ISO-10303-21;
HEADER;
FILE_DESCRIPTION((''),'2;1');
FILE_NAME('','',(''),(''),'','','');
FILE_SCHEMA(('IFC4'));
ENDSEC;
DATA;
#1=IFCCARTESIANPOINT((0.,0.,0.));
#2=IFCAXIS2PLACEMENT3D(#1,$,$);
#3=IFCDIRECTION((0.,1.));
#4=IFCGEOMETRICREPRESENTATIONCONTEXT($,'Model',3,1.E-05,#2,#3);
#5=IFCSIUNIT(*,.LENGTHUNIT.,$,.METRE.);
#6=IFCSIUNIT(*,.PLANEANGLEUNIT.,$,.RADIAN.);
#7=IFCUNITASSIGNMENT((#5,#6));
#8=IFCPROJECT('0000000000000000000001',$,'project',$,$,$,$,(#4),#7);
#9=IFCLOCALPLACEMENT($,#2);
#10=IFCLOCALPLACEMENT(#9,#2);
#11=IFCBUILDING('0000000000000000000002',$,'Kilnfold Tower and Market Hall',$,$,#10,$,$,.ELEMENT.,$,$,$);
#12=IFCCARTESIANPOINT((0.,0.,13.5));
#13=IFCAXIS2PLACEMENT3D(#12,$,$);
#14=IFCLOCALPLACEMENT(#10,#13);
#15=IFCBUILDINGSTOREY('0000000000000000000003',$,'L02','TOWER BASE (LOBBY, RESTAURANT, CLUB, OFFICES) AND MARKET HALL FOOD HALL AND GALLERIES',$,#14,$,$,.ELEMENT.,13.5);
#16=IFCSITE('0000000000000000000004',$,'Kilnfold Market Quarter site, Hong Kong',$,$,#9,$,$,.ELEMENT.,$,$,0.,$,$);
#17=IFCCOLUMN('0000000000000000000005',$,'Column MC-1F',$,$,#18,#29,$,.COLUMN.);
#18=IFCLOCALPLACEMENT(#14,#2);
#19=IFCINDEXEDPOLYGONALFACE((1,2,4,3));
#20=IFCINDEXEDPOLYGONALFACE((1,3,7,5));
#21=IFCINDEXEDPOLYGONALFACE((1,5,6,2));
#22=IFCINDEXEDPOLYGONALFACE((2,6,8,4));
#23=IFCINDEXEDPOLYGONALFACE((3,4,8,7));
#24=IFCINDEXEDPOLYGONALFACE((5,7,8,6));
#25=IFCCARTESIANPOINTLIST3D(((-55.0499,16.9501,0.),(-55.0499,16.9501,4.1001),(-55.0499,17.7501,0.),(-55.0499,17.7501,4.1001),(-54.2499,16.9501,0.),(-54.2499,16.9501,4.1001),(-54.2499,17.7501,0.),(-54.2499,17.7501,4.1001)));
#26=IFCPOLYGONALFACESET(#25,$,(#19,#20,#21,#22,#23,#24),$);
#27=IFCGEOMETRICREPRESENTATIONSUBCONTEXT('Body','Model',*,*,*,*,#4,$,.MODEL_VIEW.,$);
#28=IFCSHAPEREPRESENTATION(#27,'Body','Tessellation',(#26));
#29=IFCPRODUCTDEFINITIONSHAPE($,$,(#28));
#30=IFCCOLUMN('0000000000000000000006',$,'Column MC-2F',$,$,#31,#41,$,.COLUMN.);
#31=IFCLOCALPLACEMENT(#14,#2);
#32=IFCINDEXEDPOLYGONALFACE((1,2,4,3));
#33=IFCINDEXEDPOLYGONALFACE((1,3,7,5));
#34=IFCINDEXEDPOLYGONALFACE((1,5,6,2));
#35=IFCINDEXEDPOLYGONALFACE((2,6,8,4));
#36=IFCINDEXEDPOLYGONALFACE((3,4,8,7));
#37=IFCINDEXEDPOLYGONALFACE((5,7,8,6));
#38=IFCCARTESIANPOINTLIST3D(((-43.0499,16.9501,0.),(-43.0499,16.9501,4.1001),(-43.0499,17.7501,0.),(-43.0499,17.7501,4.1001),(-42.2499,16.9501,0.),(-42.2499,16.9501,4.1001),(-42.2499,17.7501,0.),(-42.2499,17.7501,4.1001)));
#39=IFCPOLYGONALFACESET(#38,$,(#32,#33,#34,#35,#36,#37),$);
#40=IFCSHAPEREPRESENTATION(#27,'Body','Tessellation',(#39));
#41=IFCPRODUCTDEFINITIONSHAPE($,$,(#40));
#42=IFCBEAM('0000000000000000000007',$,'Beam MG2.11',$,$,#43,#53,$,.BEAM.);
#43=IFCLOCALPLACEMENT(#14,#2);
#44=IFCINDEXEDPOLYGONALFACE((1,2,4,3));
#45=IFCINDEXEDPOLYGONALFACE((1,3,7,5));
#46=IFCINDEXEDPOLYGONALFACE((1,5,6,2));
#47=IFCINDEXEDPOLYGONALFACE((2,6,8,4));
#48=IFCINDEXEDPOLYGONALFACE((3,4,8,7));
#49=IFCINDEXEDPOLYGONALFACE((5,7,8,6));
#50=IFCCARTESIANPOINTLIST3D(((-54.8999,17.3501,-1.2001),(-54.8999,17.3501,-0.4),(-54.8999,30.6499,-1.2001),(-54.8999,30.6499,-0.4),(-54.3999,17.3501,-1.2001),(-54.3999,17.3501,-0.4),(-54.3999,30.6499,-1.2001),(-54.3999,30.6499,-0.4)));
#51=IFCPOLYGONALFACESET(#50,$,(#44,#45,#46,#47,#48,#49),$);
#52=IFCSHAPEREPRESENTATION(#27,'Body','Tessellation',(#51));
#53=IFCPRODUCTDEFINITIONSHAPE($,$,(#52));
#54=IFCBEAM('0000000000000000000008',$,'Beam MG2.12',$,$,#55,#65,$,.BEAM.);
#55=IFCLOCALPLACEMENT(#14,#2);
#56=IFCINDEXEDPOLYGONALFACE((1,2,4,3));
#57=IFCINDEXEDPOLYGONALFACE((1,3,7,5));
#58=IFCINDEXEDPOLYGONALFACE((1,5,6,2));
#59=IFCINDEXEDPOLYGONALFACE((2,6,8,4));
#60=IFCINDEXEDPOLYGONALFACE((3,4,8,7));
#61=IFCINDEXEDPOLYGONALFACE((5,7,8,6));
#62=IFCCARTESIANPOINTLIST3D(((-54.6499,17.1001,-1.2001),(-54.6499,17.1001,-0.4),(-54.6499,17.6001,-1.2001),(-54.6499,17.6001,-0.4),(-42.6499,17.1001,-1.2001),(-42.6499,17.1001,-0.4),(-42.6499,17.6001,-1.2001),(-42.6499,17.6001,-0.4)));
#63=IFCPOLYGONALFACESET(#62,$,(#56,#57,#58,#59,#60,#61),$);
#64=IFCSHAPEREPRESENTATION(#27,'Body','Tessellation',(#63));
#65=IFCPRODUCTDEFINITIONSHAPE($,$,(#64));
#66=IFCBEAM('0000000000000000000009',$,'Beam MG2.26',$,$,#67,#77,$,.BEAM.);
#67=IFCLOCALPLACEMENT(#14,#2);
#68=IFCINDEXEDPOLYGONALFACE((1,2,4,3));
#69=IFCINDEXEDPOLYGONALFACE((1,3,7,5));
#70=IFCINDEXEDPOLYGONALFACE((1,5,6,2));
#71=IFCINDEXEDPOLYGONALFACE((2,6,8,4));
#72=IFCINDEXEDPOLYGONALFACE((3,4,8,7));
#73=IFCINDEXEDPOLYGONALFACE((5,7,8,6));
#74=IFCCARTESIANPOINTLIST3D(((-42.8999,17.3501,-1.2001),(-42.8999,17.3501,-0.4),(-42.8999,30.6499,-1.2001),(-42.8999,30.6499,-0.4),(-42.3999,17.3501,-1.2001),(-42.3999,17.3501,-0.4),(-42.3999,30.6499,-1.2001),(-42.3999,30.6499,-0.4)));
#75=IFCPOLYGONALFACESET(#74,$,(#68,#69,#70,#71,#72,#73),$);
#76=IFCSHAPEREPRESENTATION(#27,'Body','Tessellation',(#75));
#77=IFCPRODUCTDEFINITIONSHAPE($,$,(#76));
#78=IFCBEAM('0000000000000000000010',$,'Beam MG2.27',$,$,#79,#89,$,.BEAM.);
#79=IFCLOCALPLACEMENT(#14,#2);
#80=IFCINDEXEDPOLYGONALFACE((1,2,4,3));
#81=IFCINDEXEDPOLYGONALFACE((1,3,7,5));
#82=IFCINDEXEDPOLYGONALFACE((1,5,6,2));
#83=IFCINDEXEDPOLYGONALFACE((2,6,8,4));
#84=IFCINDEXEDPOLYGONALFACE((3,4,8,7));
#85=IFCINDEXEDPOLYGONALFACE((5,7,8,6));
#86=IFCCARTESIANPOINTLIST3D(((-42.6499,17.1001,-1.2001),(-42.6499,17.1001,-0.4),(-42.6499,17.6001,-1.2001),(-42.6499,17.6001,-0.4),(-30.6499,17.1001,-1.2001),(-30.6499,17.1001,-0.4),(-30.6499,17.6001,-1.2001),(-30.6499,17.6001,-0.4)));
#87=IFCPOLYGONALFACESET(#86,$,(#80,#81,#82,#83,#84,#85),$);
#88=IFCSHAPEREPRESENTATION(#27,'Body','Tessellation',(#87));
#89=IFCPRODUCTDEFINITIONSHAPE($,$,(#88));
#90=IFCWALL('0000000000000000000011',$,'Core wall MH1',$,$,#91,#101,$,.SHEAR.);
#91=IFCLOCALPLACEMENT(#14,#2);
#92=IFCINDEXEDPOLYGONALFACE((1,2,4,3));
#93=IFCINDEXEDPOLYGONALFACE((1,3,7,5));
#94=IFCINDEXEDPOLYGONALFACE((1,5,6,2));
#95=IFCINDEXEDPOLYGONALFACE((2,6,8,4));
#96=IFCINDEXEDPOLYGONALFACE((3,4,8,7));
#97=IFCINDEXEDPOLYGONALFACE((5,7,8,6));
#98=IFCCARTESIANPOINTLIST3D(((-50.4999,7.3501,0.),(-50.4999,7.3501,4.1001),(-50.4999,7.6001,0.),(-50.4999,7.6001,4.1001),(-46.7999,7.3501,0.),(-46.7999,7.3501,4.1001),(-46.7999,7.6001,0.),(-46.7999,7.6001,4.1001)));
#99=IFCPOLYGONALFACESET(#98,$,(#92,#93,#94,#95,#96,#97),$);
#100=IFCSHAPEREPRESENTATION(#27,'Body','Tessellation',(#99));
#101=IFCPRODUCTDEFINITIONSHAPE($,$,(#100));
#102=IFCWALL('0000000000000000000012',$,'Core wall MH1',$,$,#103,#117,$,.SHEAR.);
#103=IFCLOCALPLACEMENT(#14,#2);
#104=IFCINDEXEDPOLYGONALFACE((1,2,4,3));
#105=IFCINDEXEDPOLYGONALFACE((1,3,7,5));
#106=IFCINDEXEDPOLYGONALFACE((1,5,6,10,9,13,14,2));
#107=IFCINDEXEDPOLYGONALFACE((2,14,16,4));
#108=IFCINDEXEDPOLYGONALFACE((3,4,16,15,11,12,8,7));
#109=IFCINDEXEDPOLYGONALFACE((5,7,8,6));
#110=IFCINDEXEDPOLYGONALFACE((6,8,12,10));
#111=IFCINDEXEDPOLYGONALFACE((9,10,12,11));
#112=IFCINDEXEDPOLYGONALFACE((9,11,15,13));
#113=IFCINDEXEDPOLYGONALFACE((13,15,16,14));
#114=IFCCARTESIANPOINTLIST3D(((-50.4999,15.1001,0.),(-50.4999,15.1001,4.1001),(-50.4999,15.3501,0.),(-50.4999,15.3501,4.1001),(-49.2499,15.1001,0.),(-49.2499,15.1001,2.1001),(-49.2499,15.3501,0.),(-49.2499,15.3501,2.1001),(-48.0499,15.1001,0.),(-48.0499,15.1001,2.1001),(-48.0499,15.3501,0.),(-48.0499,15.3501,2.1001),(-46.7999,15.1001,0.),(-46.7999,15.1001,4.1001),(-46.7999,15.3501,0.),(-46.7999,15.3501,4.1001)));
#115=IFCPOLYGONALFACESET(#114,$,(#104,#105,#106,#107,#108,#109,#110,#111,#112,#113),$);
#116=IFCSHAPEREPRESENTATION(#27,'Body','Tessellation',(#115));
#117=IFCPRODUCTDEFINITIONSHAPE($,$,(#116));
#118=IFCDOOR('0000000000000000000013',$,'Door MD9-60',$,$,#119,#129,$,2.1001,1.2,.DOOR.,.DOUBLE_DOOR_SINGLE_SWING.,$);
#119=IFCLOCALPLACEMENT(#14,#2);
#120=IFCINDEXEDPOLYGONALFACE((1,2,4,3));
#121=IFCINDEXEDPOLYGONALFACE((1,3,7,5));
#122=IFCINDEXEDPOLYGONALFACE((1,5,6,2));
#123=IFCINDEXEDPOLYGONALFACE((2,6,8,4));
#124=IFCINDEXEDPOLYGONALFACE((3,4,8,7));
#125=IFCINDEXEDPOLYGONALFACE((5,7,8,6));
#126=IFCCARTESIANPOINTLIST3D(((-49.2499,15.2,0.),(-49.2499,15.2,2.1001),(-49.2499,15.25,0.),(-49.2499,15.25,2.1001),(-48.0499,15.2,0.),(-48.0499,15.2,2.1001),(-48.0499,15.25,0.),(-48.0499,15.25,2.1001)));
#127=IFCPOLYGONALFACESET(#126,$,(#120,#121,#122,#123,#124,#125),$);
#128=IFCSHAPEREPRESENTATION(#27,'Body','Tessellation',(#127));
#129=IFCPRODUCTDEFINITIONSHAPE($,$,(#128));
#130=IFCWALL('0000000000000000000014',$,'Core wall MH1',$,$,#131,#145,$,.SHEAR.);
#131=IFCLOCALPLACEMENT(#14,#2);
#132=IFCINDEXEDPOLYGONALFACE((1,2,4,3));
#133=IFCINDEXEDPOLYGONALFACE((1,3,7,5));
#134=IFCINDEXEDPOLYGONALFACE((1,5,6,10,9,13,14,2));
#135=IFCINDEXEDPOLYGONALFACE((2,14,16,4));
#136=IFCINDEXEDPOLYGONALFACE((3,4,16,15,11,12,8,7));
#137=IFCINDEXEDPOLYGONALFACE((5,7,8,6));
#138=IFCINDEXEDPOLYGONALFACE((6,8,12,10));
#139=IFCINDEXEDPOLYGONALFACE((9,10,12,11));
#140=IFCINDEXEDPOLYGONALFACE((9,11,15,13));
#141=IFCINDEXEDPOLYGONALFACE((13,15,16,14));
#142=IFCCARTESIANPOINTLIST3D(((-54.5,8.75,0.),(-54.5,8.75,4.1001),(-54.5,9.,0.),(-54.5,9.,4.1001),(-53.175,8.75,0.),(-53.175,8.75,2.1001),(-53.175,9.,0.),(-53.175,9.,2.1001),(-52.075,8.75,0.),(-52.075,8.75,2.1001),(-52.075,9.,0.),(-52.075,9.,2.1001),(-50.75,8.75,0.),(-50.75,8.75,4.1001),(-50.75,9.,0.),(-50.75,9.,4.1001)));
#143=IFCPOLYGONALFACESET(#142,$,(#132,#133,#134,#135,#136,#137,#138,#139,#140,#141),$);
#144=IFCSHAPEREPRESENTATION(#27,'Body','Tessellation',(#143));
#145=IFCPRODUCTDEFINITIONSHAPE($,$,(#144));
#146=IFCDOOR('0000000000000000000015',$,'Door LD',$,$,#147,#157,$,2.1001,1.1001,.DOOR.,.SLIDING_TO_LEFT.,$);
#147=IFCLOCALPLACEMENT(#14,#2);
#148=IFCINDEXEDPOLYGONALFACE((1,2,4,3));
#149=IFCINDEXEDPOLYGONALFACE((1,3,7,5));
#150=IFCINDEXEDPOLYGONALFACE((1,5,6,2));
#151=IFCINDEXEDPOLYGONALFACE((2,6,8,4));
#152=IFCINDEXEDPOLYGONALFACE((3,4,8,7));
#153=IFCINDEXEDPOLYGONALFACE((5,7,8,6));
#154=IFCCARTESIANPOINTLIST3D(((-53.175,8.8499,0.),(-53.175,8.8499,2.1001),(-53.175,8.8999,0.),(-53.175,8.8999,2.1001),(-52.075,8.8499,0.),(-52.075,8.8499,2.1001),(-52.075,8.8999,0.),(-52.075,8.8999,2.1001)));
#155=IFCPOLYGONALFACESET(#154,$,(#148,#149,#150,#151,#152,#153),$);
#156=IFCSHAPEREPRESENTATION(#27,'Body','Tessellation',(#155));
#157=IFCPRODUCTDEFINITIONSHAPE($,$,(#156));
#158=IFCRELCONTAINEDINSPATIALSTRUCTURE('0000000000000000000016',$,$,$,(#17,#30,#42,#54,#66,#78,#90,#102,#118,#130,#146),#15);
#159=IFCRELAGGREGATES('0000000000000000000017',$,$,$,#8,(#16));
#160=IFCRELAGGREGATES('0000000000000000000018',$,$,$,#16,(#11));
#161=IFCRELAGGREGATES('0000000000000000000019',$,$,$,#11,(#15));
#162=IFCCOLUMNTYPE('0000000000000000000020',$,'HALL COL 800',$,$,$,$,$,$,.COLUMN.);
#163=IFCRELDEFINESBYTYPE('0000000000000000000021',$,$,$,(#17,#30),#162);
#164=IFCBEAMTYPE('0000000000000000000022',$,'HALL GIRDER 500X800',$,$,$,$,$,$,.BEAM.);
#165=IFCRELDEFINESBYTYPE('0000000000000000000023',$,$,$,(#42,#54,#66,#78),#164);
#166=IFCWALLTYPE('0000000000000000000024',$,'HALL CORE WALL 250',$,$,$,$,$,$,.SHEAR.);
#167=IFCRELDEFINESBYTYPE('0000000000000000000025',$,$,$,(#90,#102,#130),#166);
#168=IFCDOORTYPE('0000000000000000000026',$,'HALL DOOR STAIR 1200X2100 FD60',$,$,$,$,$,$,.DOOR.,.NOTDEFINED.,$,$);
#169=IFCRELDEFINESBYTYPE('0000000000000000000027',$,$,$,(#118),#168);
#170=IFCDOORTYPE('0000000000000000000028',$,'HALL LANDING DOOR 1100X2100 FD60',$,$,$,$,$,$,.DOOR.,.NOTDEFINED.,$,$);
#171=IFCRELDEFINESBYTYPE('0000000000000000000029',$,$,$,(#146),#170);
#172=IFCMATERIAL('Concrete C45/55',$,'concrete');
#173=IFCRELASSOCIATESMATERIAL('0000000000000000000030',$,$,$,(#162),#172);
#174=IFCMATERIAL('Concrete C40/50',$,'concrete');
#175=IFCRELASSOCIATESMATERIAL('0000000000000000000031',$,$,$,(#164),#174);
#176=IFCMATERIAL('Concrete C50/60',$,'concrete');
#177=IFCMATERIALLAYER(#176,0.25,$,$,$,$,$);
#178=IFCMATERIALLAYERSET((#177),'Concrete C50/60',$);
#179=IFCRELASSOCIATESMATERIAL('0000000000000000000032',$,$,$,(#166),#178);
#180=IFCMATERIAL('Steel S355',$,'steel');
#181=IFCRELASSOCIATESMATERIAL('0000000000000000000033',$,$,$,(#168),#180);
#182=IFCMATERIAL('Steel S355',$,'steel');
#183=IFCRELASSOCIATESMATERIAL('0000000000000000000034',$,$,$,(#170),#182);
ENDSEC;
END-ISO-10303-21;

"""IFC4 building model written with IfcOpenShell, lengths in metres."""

from ifc_helpers import new_model, si_unit, direction, frame, frame_2d, origin, origin_2d, place, context, subcontext, project, spatial, rectangle, extrude, source, transform, mapped, material, layer, layer_set, material_profile, profile_set, type_object, element, fill, save


model = new_model("IFC4")

# Units and contexts
model_context = context("Model", 3, precision=1e-05, world=origin(), true_north=direction((0.0, 1.0)))
body_context = subcontext(model_context, "Body", "Model", "MODEL_VIEW")
ifc_project = project(units=[si_unit("LENGTHUNIT", "METRE"), si_unit("PLANEANGLEUNIT", "RADIAN")], contexts=[model_context])

# Site, building, storey
site_placement = place(None, origin())
site = spatial("IfcSite", under=ifc_project, at=site_placement, Name="Kilnfold Market Quarter site, Hong Kong", CompositionType="ELEMENT", RefElevation=0.0)
building_placement = place(site_placement, origin())
building = spatial("IfcBuilding", under=site, at=building_placement, Name="Kilnfold Tower and Market Hall", CompositionType="ELEMENT")
storey_placement = place(building_placement, frame((0.0, 0.0, 13.5)))
storey = spatial("IfcBuildingStorey", under=building, at=storey_placement, Name="L02", Description="TOWER BASE (LOBBY, RESTAURANT, CLUB, OFFICES) AND MARKET HALL FOOD HALL AND GALLERIES", CompositionType="ELEMENT", Elevation=13.5)

# Columns
ifc_material_1 = material(Name="Concrete C45/55", Category="concrete")
ifc_material_profile_1 = material_profile(ifc_material_1, rectangle(XDim=0.8, YDim=0.8, at=origin_2d()), Name="RC 800x800")
ifc_profile_set_1 = profile_set([ifc_material_profile_1], Name="Concrete C45/55")
column_type = type_object("IfcColumnType", Name="HALL COL 800", PredefinedType="COLUMN", material=ifc_profile_set_1)
shared_shape_1 = source(origin(), body_context, "Body", "SweptSolid", [
    extrude(rectangle(XDim=0.8, YDim=0.8, at=origin_2d()), origin(), (0.0, 0.0, 1.0), 4.1001),
])
for number, where, z_axis, x_axis, name in (
    (1, (-54.6499, 17.3501, 0.0), (0.0, 0.0, 1.0), (1.0, 0.0, 0.0), "Column MC-1F"),
    (2, (-42.6499, 17.3501, 0.0), (0.0, 0.0, 1.0), (1.0, 0.0, 0.0), "Column MC-2F"),
):
    element("IfcColumn", number, at=place(storey_placement, frame(where, z_axis=z_axis, x_axis=x_axis)), inside=storey, type_object=column_type, Name=name, PredefinedType="COLUMN", context=body_context, shape_type="MappedRepresentation", body=[
        mapped(shared_shape_1, transform((0.0, 0.0, 0.0))),
    ])

# Beams
ifc_material_2 = material(Name="Concrete C40/50", Category="concrete")
ifc_material_profile_2 = material_profile(ifc_material_2, rectangle(XDim=0.5, YDim=0.8, at=origin_2d()), Name="RC 500x800")
ifc_profile_set_2 = profile_set([ifc_material_profile_2], Name="Concrete C40/50")
beam_type = type_object("IfcBeamType", Name="HALL GIRDER 500X800", PredefinedType="BEAM", material=ifc_profile_set_2)
beam_1_placement = place(storey_placement, frame((-54.6499, 17.3501, -0.8), z_axis=(0.0, 1.0, 0.0), x_axis=(-1.0, 0.0, 0.0)))
element("IfcBeam", 3, at=beam_1_placement, inside=storey, type_object=beam_type, Name="Beam MG2.11", PredefinedType="BEAM", context=body_context, shape_type="SweptSolid", body=[
    extrude(rectangle(XDim=0.5, YDim=0.8, at=origin_2d()), origin(), (0.0, 0.0, 1.0), 13.2998),
])
beam_2_placement = place(storey_placement, frame((-54.6499, 17.3501, -0.8), z_axis=(1.0, 0.0, 0.0), x_axis=(0.0, 1.0, 0.0)))
element("IfcBeam", 4, at=beam_2_placement, inside=storey, type_object=beam_type, Name="Beam MG2.12", PredefinedType="BEAM", context=body_context, shape_type="SweptSolid", body=[
    extrude(rectangle(XDim=0.5, YDim=0.8, at=origin_2d()), origin(), (0.0, 0.0, 1.0), 12.0),
])
beam_3_placement = place(storey_placement, frame((-42.6499, 17.3501, -0.8), z_axis=(0.0, 1.0, 0.0), x_axis=(-1.0, 0.0, 0.0)))
element("IfcBeam", 5, at=beam_3_placement, inside=storey, type_object=beam_type, Name="Beam MG2.26", PredefinedType="BEAM", context=body_context, shape_type="SweptSolid", body=[
    extrude(rectangle(XDim=0.5, YDim=0.8, at=origin_2d()), origin(), (0.0, 0.0, 1.0), 13.2998),
])
beam_4_placement = place(storey_placement, frame((-42.6499, 17.3501, -0.8), z_axis=(1.0, 0.0, 0.0), x_axis=(0.0, 1.0, 0.0)))
element("IfcBeam", 6, at=beam_4_placement, inside=storey, type_object=beam_type, Name="Beam MG2.27", PredefinedType="BEAM", context=body_context, shape_type="SweptSolid", body=[
    extrude(rectangle(XDim=0.5, YDim=0.8, at=origin_2d()), origin(), (0.0, 0.0, 1.0), 12.0),
])

# Wall
ifc_material_3 = material(Name="Concrete C50/60", Category="concrete")
ifc_layer_1 = layer(ifc_material_3, 0.25)
ifc_layer_set_1 = layer_set([ifc_layer_1], Name="Concrete C50/60")
wall_type_1 = type_object("IfcWallType", Name="HALL CORE WALL 250", PredefinedType="SHEAR", material=ifc_layer_set_1)
shared_shape_2 = source(origin(), body_context, "Body", "SweptSolid", [
    extrude(rectangle(XDim=3.7, YDim=0.25, at=frame_2d((1.8501, 0.0))), origin(), (0.0, 0.0, 1.0), 4.1001),
])
wall_1_placement = place(storey_placement, frame((-50.5, 7.4751, 0.0), z_axis=(0.0, 0.0, 1.0), x_axis=(1.0, 0.0, 0.0)))
element("IfcWall", 7, at=wall_1_placement, inside=storey, type_object=wall_type_1, Name="Core wall MH1", PredefinedType="SHEAR", context=body_context, shape_type="MappedRepresentation", body=[
    mapped(shared_shape_2, transform((0.0, 0.0, 0.0))),
])

# Walls, openings, doors
wall_2_placement = place(storey_placement, frame((-50.5, 15.2251, 0.0), z_axis=(0.0, 0.0, 1.0), x_axis=(1.0, 0.0, 0.0)))
wall_2 = element("IfcWall", 8, at=wall_2_placement, inside=storey, type_object=wall_type_1, Name="Core wall MH1", PredefinedType="SHEAR", context=body_context, shape_type="MappedRepresentation", body=[
    mapped(shared_shape_2, transform((0.0, 0.0, 0.0))),
])
opening_1_placement = place(wall_2_placement, frame((1.25, 0.0, 0.0)))
opening_1 = element("IfcOpeningElement", 9, at=opening_1_placement, cuts=wall_2, PredefinedType="OPENING", context=body_context, shape_type="SweptSolid", body=[
    extrude(rectangle(XDim=1.2, YDim=2.1001, at=frame_2d((0.6001, 1.05))), frame((0.0, 0.135, 0.0), z_axis=(0.0, -1.0, 0.0), x_axis=(1.0, 0.0, 0.0)), (0.0, 0.0, 1.0), 0.27),
])
ifc_material_4 = material(Name="Steel S355", Category="steel")
door_type_1 = type_object("IfcDoorType", Name="HALL DOOR STAIR 1200X2100 FD60", OperationType="NOTDEFINED", PredefinedType="DOOR", material=ifc_material_4)
door_1_placement = place(opening_1_placement, origin())
door_1 = element("IfcDoor", 10, at=door_1_placement, inside=storey, type_object=door_type_1, Name="Door MD9-60", OperationType="DOUBLE_DOOR_SINGLE_SWING", OverallHeight=2.1001, OverallWidth=1.2, PredefinedType="DOOR", context=body_context, shape_type="SweptSolid", body=[
    extrude(rectangle(XDim=1.2, YDim=2.1001, at=frame_2d((0.6001, 1.05))), frame((0.0, 0.0249, 0.0), z_axis=(0.0, -1.0, 0.0), x_axis=(1.0, 0.0, 0.0)), (0.0, 0.0, 1.0), 0.05),
])
fill(opening_1, door_1)
shared_shape_3 = source(origin(), body_context, "Body", "SweptSolid", [
    extrude(rectangle(XDim=3.75, YDim=0.25, at=frame_2d((1.875, 0.0))), origin(), (0.0, 0.0, 1.0), 4.1001),
])
wall_3_placement = place(storey_placement, frame((-54.5, 8.875, 0.0), z_axis=(0.0, 0.0, 1.0), x_axis=(1.0, 0.0, 0.0)))
wall_3 = element("IfcWall", 11, at=wall_3_placement, inside=storey, type_object=wall_type_1, Name="Core wall MH1", PredefinedType="SHEAR", context=body_context, shape_type="MappedRepresentation", body=[
    mapped(shared_shape_3, transform((0.0, 0.0, 0.0))),
])
opening_2_placement = place(wall_3_placement, frame((1.325, 0.0, 0.0)))
opening_2 = element("IfcOpeningElement", 12, at=opening_2_placement, cuts=wall_3, PredefinedType="OPENING", context=body_context, shape_type="SweptSolid", body=[
    extrude(rectangle(XDim=1.1001, YDim=2.1001, at=frame_2d((0.55, 1.05))), frame((0.0, 0.135, 0.0), z_axis=(0.0, -1.0, 0.0), x_axis=(1.0, 0.0, 0.0)), (0.0, 0.0, 1.0), 0.27),
])
ifc_material_5 = material(Name="Steel S355", Category="steel")
door_type_2 = type_object("IfcDoorType", Name="HALL LANDING DOOR 1100X2100 FD60", OperationType="NOTDEFINED", PredefinedType="DOOR", material=ifc_material_5)
door_2_placement = place(opening_2_placement, origin())
door_2 = element("IfcDoor", 13, at=door_2_placement, inside=storey, type_object=door_type_2, Name="Door LD", OperationType="SLIDING_TO_LEFT", OverallHeight=2.1001, OverallWidth=1.1001, PredefinedType="DOOR", context=body_context, shape_type="SweptSolid", body=[
    extrude(rectangle(XDim=1.1001, YDim=2.1001, at=frame_2d((0.55, 1.05))), frame((0.0, 0.0249, 0.0), z_axis=(0.0, -1.0, 0.0), x_axis=(1.0, 0.0, 0.0)), (0.0, 0.0, 1.0), 0.05),
])
fill(opening_2, door_2)

save(model, "model.ifc")
